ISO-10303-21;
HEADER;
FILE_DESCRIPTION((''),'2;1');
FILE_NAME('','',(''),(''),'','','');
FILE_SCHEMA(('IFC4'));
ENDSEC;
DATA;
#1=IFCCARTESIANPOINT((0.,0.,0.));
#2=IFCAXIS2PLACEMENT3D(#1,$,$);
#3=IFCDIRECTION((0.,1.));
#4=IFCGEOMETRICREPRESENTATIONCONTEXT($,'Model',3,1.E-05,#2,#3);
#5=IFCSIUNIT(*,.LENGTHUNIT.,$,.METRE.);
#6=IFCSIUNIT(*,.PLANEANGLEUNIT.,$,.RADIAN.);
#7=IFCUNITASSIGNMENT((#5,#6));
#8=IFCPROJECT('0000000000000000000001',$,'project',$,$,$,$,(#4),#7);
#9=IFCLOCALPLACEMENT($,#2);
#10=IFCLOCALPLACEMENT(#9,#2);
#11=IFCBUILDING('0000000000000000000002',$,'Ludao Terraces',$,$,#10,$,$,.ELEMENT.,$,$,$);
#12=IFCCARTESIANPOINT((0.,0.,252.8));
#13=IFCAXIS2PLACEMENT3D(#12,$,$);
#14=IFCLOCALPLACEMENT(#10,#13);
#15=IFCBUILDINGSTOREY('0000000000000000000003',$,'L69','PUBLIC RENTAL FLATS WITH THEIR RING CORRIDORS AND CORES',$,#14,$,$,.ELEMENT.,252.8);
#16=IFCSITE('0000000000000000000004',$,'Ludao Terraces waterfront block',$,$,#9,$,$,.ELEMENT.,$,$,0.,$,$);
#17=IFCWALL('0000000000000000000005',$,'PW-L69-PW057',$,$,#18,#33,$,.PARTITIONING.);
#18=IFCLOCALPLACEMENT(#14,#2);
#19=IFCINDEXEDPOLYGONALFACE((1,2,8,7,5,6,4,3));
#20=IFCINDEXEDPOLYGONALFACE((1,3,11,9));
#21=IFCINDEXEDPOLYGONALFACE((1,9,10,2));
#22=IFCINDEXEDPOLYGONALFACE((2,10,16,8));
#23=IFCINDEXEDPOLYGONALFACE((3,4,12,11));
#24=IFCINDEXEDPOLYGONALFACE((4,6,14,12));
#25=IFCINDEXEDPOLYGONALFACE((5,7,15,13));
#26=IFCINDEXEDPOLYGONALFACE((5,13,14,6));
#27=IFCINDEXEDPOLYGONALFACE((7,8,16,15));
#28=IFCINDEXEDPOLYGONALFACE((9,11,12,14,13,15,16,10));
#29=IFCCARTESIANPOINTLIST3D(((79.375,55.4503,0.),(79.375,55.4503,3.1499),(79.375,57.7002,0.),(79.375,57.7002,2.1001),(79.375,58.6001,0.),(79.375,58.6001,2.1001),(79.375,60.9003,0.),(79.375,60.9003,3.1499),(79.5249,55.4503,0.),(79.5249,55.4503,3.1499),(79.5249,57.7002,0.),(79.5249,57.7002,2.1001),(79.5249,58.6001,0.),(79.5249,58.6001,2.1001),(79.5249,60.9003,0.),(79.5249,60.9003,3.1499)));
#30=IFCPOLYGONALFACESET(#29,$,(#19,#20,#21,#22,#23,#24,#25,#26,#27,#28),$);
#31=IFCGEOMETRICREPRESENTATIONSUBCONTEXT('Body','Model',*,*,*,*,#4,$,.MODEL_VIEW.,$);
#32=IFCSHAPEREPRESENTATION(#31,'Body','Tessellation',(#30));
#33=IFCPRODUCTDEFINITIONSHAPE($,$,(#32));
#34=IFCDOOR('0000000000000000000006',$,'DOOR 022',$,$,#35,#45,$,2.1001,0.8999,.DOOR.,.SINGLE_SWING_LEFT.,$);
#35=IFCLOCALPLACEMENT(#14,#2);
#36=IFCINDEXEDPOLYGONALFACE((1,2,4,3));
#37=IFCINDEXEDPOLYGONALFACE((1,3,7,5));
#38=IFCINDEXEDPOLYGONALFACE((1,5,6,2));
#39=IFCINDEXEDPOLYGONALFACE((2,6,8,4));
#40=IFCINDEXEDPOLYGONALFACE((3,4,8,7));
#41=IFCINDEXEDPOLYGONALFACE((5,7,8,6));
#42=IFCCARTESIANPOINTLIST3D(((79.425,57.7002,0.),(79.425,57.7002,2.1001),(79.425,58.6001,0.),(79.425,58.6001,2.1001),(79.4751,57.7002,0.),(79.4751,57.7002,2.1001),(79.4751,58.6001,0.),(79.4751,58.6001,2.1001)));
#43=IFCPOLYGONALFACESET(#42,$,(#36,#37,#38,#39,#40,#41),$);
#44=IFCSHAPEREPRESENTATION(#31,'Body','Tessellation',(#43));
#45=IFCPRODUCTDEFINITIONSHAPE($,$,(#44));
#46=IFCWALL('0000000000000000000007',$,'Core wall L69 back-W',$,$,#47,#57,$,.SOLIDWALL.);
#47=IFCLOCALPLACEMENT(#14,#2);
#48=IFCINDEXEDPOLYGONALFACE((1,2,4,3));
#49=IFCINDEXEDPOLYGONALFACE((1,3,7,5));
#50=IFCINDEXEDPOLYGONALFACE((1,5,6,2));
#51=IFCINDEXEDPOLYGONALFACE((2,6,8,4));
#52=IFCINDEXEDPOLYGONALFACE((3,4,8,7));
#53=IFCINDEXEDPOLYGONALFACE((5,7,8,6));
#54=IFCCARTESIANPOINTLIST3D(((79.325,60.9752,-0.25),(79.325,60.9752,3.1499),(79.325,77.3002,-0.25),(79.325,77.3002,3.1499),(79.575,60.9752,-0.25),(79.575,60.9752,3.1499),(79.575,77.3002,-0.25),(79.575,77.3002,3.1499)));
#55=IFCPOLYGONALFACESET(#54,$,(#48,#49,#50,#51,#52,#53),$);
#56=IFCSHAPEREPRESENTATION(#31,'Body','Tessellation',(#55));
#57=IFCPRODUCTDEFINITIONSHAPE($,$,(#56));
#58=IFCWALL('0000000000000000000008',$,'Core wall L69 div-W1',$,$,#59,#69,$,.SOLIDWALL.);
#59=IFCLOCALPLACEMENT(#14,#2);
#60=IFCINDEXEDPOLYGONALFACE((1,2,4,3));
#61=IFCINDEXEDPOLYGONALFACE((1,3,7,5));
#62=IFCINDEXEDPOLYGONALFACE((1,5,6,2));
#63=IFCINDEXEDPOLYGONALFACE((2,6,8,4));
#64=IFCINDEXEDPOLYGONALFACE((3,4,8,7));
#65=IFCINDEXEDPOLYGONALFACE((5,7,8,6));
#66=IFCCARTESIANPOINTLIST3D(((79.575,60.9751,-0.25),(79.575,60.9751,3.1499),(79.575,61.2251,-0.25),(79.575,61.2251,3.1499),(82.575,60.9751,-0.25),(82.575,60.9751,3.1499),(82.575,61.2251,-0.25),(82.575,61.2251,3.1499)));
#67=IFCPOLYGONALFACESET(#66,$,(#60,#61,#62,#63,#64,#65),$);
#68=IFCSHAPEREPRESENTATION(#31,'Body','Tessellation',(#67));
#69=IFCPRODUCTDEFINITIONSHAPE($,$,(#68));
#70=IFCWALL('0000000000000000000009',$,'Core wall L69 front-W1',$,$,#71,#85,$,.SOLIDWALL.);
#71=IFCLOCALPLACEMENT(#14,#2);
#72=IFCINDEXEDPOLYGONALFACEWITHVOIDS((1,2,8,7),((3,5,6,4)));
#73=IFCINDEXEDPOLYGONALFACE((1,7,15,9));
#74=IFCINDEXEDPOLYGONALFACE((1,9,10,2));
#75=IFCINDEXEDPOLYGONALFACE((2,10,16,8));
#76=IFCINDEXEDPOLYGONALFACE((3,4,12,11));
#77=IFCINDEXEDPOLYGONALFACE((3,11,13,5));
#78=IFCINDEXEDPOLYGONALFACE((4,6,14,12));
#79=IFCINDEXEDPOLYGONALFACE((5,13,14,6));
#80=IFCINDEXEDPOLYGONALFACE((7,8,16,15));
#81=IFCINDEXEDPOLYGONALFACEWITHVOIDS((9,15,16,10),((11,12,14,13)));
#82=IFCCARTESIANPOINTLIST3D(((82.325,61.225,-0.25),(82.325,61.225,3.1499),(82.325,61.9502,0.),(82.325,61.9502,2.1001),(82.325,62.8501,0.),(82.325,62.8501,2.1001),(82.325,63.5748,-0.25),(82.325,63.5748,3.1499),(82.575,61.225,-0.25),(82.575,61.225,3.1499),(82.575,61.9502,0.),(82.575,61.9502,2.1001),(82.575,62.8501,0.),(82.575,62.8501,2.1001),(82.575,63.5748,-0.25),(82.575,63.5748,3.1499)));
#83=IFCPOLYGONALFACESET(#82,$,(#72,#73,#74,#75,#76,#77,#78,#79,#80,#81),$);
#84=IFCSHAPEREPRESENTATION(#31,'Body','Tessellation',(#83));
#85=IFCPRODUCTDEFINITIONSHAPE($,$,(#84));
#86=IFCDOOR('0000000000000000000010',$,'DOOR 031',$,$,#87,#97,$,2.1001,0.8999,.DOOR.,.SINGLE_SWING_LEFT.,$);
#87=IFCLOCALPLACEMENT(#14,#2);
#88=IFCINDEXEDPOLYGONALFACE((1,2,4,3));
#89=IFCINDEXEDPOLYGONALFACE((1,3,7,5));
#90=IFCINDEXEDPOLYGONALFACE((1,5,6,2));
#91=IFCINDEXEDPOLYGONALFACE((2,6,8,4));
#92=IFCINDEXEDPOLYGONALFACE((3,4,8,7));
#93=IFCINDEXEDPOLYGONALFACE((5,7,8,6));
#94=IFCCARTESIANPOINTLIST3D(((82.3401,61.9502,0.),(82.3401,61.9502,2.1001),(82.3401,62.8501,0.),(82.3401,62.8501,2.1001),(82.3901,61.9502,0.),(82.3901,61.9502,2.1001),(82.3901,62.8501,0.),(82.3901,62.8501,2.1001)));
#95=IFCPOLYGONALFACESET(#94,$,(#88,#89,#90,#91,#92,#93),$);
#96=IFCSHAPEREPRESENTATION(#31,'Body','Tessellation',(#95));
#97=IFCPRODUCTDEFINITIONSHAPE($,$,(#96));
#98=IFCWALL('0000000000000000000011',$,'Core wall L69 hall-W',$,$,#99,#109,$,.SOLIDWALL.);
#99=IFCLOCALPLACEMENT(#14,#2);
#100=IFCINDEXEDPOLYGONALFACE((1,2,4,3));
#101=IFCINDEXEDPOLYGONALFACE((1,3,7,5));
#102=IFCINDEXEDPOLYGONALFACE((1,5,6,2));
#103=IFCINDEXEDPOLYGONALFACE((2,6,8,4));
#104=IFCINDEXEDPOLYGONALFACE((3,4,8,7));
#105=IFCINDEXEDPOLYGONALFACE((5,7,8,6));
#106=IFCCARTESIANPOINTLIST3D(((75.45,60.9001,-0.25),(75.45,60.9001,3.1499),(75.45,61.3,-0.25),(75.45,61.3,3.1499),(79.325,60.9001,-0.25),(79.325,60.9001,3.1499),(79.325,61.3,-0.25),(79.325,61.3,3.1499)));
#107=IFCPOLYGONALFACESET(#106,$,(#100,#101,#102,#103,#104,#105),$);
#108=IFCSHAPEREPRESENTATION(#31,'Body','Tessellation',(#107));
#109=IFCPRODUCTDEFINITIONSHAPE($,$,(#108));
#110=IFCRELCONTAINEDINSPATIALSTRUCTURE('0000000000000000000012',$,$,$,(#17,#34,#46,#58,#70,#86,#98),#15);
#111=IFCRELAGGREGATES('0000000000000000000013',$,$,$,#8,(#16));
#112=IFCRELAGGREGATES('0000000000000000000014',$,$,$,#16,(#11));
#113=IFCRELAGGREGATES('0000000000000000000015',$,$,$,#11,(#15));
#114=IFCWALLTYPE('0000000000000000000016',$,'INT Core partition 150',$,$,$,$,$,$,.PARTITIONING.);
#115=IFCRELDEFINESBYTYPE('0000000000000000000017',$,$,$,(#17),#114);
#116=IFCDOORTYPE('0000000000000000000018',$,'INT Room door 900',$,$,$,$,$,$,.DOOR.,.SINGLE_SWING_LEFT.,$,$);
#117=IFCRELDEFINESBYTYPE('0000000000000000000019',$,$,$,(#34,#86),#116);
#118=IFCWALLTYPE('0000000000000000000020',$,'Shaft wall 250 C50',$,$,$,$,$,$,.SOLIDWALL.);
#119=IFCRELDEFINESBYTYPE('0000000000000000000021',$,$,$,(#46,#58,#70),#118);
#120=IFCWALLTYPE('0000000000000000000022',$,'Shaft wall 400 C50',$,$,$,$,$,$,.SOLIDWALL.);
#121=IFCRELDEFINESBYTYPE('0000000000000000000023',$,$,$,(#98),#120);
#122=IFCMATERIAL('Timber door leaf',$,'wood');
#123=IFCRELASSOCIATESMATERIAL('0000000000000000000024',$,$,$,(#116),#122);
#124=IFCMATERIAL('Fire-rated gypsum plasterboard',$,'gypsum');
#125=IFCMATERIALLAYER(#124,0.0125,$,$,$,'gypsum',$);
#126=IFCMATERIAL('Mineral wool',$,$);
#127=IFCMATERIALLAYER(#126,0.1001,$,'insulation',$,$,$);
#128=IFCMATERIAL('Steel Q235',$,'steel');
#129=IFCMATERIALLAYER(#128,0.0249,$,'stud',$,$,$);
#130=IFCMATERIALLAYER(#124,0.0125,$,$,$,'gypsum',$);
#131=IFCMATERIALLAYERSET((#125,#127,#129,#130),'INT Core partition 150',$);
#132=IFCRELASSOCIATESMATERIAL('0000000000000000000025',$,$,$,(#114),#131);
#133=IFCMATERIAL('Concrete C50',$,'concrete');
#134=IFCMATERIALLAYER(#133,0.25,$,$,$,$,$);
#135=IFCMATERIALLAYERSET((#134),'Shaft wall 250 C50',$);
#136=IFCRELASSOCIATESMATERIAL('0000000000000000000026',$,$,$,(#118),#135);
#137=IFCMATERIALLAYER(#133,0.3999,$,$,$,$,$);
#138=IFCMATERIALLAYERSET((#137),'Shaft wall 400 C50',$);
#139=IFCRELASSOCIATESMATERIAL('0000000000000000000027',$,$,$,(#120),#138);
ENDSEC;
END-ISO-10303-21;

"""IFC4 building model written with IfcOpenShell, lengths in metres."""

from ifc_helpers import new_model, si_unit, direction, frame, frame_2d, origin, place, context, subcontext, project, spatial, rectangle, extrude, material, layer, layer_set, type_object, element, fill, save


model = new_model("IFC4")

# Units and contexts
model_context = context("Model", 3, precision=1e-05, world=origin(), true_north=direction((0.0, 1.0)))
body_context = subcontext(model_context, "Body", "Model", "MODEL_VIEW")
ifc_project = project(units=[si_unit("LENGTHUNIT", "METRE"), si_unit("PLANEANGLEUNIT", "RADIAN")], contexts=[model_context])

# Site, building, storey
site_placement = place(None, origin())
site = spatial("IfcSite", under=ifc_project, at=site_placement, Name="Ludao Terraces waterfront block", CompositionType="ELEMENT", RefElevation=0.0)
building_placement = place(site_placement, origin())
building = spatial("IfcBuilding", under=site, at=building_placement, Name="Ludao Terraces", CompositionType="ELEMENT")
storey_placement = place(building_placement, frame((0.0, 0.0, 252.8)))
storey = spatial("IfcBuildingStorey", under=building, at=storey_placement, Name="L69", Description="PUBLIC RENTAL FLATS WITH THEIR RING CORRIDORS AND CORES", CompositionType="ELEMENT", Elevation=252.8)

# Shared definitions
ifc_material_1 = material(Name="Concrete C50", Category="concrete")
ifc_material_2 = material(Name="Steel Q235", Category="steel")
ifc_material_3 = material(Name="Timber door leaf", Category="wood")
door_type_1 = type_object("IfcDoorType", Name="INT Room door 900", OperationType="SINGLE_SWING_LEFT", PredefinedType="DOOR", material=ifc_material_3)

# Wall, opening, door
ifc_material_4 = material(Name="Fire-rated gypsum plasterboard", Category="gypsum")
ifc_layer_1 = layer(ifc_material_4, 0.0125, Category="gypsum")
ifc_material_5 = material(Name="Mineral wool")
ifc_layer_2 = layer(ifc_material_5, 0.1001, Name="insulation")
ifc_layer_3 = layer(ifc_material_2, 0.0249, Name="stud")
ifc_layer_4 = layer(ifc_material_4, 0.0125, Category="gypsum")
ifc_layer_set_1 = layer_set([ifc_layer_1, ifc_layer_2, ifc_layer_3, ifc_layer_4], Name="INT Core partition 150")
wall_type_1 = type_object("IfcWallType", Name="INT Core partition 150", PredefinedType="PARTITIONING", material=ifc_layer_set_1)
wall_1_placement = place(storey_placement, frame((79.45, 55.4502, 0.0), z_axis=(0.0, 0.0, 1.0), x_axis=(0.0, 1.0, 0.0)))
wall_1 = element("IfcWall", 1, at=wall_1_placement, inside=storey, type_object=wall_type_1, Name="PW-L69-PW057", PredefinedType="PARTITIONING", context=body_context, shape_type="SweptSolid", body=[
    extrude(rectangle(XDim=5.45, YDim=0.1499, at=frame_2d((2.7251, 0.0))), origin(), (0.0, 0.0, 1.0), 3.1499),
])
opening_1_placement = place(wall_1_placement, frame((2.25, 0.0, 0.0)))
opening_1 = element("IfcOpeningElement", 2, at=opening_1_placement, cuts=wall_1, PredefinedType="OPENING", context=body_context, shape_type="SweptSolid", body=[
    extrude(rectangle(XDim=0.8999, YDim=2.1001, at=frame_2d((0.45, 1.05))), frame((0.0, 0.085, 0.0), z_axis=(0.0, -1.0, 0.0), x_axis=(1.0, 0.0, 0.0)), (0.0, 0.0, 1.0), 0.1699),
])
door_1_placement = place(opening_1_placement, origin())
door_1 = element("IfcDoor", 3, at=door_1_placement, inside=storey, type_object=door_type_1, Name="DOOR 022", OperationType="SINGLE_SWING_LEFT", OverallHeight=2.1001, OverallWidth=0.8999, PredefinedType="DOOR", context=body_context, shape_type="SweptSolid", body=[
    extrude(rectangle(XDim=0.8999, YDim=2.1001, at=frame_2d((0.45, 1.05))), frame((0.0, 0.0249, 0.0), z_axis=(0.0, -1.0, 0.0), x_axis=(1.0, 0.0, 0.0)), (0.0, 0.0, 1.0), 0.05),
])
fill(opening_1, door_1)

# Walls
ifc_layer_5 = layer(ifc_material_1, 0.25)
ifc_layer_set_2 = layer_set([ifc_layer_5], Name="Shaft wall 250 C50")
wall_type_2 = type_object("IfcWallType", Name="Shaft wall 250 C50", PredefinedType="SOLIDWALL", material=ifc_layer_set_2)
wall_2_placement = place(storey_placement, frame((79.45, 60.9751, -0.25), z_axis=(0.0, 0.0, 1.0), x_axis=(0.0, 1.0, 0.0)))
element("IfcWall", 4, at=wall_2_placement, inside=storey, type_object=wall_type_2, Name="Core wall L69 back-W", PredefinedType="SOLIDWALL", context=body_context, shape_type="SweptSolid", body=[
    extrude(rectangle(XDim=16.325, YDim=0.25, at=frame_2d((8.1626, 0.0))), origin(), (0.0, 0.0, 1.0), 3.3999),
])
wall_3_placement = place(storey_placement, frame((79.575, 61.1001, -0.25), z_axis=(0.0, 0.0, 1.0), x_axis=(1.0, 0.0, 0.0)))
element("IfcWall", 5, at=wall_3_placement, inside=storey, type_object=wall_type_2, Name="Core wall L69 div-W1", PredefinedType="SOLIDWALL", context=body_context, shape_type="SweptSolid", body=[
    extrude(rectangle(XDim=3.0, YDim=0.25, at=frame_2d((1.5, 0.0))), origin(), (0.0, 0.0, 1.0), 3.3999),
])

# Wall, opening, door
wall_4_placement = place(storey_placement, frame((82.45, 61.2251, -0.25), z_axis=(0.0, 0.0, 1.0), x_axis=(0.0, 1.0, 0.0)))
wall_4 = element("IfcWall", 6, at=wall_4_placement, inside=storey, type_object=wall_type_2, Name="Core wall L69 front-W1", PredefinedType="SOLIDWALL", context=body_context, shape_type="SweptSolid", body=[
    extrude(rectangle(XDim=2.3499, YDim=0.25, at=frame_2d((1.1748, 0.0))), origin(), (0.0, 0.0, 1.0), 3.3999),
])
opening_2_placement = place(wall_4_placement, frame((0.7251, 0.0, 0.25)))
opening_2 = element("IfcOpeningElement", 7, at=opening_2_placement, cuts=wall_4, PredefinedType="OPENING", context=body_context, shape_type="SweptSolid", body=[
    extrude(rectangle(XDim=0.8999, YDim=2.1001, at=frame_2d((0.45, 1.05))), frame((0.0, 0.135, 0.0), z_axis=(0.0, -1.0, 0.0), x_axis=(1.0, 0.0, 0.0)), (0.0, 0.0, 1.0), 0.27),
])
door_2_placement = place(opening_2_placement, origin())
door_2 = element("IfcDoor", 8, at=door_2_placement, inside=storey, type_object=door_type_1, Name="DOOR 031", OperationType="SINGLE_SWING_LEFT", OverallHeight=2.1001, OverallWidth=0.8999, PredefinedType="DOOR", context=body_context, shape_type="SweptSolid", body=[
    extrude(rectangle(XDim=0.8999, YDim=2.1001, at=frame_2d((0.45, 1.05))), frame((0.0, 0.1099, 0.0), z_axis=(0.0, -1.0, 0.0), x_axis=(1.0, 0.0, 0.0)), (0.0, 0.0, 1.0), 0.05),
])
fill(opening_2, door_2)

# Wall
ifc_layer_6 = layer(ifc_material_1, 0.3999)
ifc_layer_set_3 = layer_set([ifc_layer_6], Name="Shaft wall 400 C50")
wall_type_3 = type_object("IfcWallType", Name="Shaft wall 400 C50", PredefinedType="SOLIDWALL", material=ifc_layer_set_3)
wall_5_placement = place(storey_placement, frame((75.45, 61.1001, -0.25), z_axis=(0.0, 0.0, 1.0), x_axis=(1.0, 0.0, 0.0)))
element("IfcWall", 9, at=wall_5_placement, inside=storey, type_object=wall_type_3, Name="Core wall L69 hall-W", PredefinedType="SOLIDWALL", context=body_context, shape_type="SweptSolid", body=[
    extrude(rectangle(XDim=3.875, YDim=0.3999, at=frame_2d((1.9375, 0.0))), origin(), (0.0, 0.0, 1.0), 3.3999),
])

save(model, "model.ifc")
